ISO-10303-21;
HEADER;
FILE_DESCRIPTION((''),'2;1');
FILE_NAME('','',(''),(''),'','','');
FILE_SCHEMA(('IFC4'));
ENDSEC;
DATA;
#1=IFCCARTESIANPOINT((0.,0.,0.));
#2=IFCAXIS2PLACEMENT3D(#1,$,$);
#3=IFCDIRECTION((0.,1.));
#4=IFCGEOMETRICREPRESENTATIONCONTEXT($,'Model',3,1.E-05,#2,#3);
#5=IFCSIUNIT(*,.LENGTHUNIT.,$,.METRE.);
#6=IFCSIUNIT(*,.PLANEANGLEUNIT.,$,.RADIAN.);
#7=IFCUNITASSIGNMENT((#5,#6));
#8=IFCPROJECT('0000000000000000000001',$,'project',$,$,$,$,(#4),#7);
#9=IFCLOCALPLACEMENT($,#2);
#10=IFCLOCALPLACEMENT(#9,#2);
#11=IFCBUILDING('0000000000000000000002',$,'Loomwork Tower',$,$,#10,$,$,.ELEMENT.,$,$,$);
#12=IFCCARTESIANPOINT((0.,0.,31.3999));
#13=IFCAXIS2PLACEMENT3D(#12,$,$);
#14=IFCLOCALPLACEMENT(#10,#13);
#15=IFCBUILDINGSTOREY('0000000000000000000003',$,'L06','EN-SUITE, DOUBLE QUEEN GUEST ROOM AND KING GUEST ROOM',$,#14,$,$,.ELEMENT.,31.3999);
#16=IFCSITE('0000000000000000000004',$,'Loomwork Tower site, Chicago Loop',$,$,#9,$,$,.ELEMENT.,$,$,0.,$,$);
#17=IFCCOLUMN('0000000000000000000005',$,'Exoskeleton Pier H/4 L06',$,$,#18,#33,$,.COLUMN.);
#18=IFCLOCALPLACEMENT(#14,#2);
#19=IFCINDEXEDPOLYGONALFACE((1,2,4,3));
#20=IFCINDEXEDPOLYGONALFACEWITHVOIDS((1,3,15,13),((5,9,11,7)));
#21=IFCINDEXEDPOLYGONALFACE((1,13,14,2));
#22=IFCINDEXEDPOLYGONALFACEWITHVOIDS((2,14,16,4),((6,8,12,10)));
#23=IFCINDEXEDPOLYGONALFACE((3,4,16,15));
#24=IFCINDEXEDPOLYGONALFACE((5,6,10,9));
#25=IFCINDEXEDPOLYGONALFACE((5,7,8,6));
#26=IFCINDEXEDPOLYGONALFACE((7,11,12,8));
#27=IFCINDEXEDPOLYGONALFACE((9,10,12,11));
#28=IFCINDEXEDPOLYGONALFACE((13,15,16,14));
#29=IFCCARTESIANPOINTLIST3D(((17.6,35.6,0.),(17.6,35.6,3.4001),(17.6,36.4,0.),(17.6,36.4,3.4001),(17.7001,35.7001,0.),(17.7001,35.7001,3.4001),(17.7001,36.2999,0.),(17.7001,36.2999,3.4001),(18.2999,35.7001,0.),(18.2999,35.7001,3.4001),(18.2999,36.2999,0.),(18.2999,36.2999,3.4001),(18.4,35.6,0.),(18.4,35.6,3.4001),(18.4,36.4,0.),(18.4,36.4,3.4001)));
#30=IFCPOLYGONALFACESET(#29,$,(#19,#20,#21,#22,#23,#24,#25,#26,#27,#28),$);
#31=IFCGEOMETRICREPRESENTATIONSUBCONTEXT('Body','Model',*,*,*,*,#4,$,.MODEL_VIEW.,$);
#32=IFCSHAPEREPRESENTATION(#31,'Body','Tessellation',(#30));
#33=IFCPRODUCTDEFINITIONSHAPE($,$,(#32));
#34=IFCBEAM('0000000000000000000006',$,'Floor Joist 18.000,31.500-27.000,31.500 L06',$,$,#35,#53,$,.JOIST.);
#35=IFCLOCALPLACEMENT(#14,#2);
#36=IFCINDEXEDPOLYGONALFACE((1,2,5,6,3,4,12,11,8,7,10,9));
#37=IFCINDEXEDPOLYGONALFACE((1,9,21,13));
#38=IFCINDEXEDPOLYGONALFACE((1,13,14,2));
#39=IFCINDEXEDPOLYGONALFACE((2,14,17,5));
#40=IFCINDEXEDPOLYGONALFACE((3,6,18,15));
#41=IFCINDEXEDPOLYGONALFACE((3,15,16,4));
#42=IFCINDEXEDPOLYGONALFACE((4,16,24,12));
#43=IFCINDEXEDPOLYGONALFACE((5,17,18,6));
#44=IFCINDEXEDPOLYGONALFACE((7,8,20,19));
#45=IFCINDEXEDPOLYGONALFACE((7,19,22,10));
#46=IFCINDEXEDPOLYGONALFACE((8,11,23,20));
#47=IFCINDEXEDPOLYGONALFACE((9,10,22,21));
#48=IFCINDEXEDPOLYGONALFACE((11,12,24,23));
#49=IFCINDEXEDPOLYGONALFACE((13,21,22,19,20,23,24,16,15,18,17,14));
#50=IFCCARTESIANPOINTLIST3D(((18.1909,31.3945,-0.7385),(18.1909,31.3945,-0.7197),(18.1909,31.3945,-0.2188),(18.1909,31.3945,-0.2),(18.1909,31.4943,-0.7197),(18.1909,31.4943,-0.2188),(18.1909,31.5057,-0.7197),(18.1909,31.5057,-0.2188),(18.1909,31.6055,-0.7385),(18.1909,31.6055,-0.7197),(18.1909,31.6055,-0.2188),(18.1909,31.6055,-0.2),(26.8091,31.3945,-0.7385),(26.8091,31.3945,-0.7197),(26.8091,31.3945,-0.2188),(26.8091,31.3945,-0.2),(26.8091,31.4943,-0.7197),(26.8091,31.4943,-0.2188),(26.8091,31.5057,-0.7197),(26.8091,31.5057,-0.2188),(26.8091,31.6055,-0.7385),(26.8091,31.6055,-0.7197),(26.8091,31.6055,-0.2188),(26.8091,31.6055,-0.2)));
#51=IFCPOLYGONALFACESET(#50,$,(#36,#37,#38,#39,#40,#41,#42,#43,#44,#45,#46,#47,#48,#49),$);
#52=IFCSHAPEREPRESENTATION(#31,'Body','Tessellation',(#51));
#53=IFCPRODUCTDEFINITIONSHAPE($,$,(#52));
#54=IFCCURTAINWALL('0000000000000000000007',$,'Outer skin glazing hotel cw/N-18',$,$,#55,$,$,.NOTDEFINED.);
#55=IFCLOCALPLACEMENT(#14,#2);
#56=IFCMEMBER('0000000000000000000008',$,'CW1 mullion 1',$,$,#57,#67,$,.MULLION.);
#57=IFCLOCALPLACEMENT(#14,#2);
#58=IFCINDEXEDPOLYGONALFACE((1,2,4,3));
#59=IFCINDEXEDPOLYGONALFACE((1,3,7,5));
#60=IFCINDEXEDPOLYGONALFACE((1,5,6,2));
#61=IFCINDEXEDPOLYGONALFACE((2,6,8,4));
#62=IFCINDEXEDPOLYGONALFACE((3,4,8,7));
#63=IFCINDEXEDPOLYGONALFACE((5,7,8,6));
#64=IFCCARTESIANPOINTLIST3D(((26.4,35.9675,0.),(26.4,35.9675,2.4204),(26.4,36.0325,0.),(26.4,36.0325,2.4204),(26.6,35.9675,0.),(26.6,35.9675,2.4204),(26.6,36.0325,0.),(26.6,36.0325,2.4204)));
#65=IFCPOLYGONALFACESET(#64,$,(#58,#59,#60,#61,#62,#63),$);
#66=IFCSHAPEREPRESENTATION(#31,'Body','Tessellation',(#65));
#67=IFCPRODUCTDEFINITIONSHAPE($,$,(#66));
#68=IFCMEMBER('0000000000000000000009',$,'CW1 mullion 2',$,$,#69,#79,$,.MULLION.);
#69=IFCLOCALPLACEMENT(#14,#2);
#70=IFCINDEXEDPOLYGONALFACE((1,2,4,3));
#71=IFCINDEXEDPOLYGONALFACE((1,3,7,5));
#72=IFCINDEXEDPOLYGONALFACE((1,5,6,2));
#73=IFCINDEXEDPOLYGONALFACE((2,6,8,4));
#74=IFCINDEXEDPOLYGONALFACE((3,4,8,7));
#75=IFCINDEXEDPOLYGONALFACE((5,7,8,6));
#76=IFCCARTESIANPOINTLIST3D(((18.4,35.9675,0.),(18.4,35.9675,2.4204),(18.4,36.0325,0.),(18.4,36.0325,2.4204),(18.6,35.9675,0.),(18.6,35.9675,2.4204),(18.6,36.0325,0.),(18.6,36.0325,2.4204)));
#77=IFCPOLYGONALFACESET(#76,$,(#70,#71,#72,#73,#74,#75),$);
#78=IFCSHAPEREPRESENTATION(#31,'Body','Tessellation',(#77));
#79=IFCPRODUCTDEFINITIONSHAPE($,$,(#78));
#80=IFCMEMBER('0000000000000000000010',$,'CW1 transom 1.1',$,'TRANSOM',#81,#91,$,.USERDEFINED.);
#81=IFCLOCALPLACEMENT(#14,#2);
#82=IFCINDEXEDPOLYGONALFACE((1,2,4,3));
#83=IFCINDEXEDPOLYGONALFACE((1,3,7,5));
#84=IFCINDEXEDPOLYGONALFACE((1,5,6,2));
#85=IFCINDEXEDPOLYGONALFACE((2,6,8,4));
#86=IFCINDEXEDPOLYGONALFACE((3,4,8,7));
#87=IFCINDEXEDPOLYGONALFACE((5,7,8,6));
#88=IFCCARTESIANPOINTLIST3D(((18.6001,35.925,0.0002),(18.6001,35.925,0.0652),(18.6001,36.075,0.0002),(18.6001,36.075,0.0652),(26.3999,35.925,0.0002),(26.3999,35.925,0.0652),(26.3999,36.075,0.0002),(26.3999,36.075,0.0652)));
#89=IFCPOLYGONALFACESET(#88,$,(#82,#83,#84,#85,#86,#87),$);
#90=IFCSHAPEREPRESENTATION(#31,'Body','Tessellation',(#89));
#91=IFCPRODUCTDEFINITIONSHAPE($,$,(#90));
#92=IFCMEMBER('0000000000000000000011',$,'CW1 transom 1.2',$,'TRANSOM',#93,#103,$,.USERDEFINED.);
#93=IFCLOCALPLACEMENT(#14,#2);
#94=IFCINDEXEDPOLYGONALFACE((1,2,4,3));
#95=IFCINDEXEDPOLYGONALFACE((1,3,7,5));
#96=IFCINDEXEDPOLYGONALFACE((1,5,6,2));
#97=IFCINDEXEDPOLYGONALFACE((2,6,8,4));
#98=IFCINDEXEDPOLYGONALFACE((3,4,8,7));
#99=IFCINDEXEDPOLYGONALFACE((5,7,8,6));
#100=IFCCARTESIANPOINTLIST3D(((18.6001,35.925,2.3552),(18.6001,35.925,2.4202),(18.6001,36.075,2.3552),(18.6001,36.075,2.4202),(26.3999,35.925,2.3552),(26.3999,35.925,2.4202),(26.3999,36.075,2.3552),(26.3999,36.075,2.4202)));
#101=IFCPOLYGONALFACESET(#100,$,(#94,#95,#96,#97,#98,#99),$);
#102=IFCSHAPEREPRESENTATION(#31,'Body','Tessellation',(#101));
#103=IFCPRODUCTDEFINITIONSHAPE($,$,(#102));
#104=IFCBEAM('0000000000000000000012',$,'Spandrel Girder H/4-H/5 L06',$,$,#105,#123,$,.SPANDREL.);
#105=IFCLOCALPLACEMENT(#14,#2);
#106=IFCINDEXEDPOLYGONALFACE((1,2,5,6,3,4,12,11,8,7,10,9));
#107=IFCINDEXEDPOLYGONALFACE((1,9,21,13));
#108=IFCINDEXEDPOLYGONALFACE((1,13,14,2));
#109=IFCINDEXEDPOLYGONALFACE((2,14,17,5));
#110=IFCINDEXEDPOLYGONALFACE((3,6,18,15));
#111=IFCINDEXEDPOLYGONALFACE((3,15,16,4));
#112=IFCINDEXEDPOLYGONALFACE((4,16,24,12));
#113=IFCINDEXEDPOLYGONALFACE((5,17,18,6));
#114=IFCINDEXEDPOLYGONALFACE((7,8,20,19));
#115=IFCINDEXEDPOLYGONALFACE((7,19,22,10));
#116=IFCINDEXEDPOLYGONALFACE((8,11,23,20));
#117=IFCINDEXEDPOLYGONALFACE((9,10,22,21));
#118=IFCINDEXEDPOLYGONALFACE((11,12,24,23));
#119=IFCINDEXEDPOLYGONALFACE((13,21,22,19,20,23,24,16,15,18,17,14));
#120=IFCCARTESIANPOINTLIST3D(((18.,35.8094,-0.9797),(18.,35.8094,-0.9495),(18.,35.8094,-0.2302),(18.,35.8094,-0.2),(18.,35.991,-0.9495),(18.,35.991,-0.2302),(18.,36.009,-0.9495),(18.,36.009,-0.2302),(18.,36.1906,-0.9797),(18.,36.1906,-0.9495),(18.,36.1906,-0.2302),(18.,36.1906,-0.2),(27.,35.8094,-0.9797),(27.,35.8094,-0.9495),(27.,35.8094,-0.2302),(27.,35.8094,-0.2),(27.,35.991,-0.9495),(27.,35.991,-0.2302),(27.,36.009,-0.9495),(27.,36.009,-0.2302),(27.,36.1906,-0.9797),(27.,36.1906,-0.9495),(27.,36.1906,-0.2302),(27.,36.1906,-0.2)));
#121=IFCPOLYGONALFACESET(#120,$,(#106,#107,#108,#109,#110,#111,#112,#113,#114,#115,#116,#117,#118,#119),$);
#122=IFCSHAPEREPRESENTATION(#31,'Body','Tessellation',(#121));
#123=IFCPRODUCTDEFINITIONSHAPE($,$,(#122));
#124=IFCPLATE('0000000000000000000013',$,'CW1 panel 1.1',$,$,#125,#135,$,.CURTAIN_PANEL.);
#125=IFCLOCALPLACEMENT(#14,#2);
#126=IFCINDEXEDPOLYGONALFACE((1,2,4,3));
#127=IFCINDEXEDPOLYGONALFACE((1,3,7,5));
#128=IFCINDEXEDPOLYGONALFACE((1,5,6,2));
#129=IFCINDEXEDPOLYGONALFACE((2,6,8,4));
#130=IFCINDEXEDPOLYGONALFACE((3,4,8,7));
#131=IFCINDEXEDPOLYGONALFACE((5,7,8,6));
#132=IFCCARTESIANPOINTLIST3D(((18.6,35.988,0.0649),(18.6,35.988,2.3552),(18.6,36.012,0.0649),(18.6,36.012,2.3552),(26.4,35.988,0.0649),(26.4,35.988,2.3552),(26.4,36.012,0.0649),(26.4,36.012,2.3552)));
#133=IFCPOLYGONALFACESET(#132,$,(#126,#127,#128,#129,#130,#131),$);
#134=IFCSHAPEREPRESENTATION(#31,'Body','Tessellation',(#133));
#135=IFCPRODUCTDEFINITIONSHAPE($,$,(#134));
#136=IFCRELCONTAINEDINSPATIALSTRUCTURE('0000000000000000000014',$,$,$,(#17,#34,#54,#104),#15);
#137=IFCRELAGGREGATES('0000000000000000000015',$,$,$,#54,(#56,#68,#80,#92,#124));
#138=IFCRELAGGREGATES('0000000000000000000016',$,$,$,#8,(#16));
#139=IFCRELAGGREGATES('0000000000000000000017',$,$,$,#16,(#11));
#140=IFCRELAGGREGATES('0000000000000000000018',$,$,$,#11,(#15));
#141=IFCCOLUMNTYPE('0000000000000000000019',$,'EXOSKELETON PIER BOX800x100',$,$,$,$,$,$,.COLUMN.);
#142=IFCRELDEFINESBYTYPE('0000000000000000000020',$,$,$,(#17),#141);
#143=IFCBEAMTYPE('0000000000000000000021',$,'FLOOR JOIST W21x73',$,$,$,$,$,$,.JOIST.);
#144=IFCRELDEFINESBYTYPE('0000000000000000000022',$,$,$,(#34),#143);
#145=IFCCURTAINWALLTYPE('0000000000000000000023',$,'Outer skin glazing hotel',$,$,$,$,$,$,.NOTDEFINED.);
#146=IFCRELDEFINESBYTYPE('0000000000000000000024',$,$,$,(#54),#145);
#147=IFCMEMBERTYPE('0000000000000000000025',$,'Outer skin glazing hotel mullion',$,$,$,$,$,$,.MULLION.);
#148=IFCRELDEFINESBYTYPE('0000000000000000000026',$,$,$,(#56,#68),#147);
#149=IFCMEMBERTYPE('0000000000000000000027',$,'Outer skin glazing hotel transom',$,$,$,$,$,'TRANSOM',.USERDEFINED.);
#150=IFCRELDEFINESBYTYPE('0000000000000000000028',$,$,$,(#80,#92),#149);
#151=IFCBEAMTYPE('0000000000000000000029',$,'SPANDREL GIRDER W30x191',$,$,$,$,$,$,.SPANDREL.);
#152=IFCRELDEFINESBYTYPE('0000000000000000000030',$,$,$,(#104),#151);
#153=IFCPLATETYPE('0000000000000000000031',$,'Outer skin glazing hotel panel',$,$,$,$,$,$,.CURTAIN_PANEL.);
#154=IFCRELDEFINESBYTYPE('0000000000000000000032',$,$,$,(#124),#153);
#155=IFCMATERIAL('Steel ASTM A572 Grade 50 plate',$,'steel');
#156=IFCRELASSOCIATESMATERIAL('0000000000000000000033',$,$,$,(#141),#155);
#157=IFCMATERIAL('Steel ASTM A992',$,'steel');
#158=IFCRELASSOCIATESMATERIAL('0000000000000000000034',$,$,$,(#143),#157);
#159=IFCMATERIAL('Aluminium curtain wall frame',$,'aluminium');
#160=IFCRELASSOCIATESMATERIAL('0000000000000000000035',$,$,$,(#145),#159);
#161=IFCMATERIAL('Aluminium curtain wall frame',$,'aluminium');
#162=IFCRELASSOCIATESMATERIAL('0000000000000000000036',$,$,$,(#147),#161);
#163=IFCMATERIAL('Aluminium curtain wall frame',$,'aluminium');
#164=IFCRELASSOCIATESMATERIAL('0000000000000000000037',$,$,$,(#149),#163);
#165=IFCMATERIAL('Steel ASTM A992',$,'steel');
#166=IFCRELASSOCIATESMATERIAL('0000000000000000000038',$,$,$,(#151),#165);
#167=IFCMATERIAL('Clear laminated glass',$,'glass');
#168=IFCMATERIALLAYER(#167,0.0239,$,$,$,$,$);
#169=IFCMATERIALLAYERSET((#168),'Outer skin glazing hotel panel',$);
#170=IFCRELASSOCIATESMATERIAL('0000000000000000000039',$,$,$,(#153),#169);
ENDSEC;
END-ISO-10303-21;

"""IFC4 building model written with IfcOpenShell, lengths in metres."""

from ifc_helpers import new_model, si_unit, direction, frame, origin, origin_2d, place, context, subcontext, project, spatial, rectangle, hollow_rectangle, i_section, extrude, material, layer, layer_set, material_profile, profile_set, type_object, element, aggregate, save


model = new_model("IFC4")

# Units and contexts
model_context = context("Model", 3, precision=1e-05, world=origin(), true_north=direction((0.0, 1.0)))
body_context = subcontext(model_context, "Body", "Model", "MODEL_VIEW")
ifc_project = project(units=[si_unit("LENGTHUNIT", "METRE"), si_unit("PLANEANGLEUNIT", "RADIAN")], contexts=[model_context])

# Site, building, storey
site_placement = place(None, origin())
site = spatial("IfcSite", under=ifc_project, at=site_placement, Name="Loomwork Tower site, Chicago Loop", CompositionType="ELEMENT", RefElevation=0.0)
building_placement = place(site_placement, origin())
building = spatial("IfcBuilding", under=site, at=building_placement, Name="Loomwork Tower", CompositionType="ELEMENT")
storey_placement = place(building_placement, frame((0.0, 0.0, 31.3999)))
storey = spatial("IfcBuildingStorey", under=building, at=storey_placement, Name="L06", Description="EN-SUITE, DOUBLE QUEEN GUEST ROOM AND KING GUEST ROOM", CompositionType="ELEMENT", Elevation=31.3999)

# Column
ifc_material_1 = material(Name="Steel ASTM A572 Grade 50 plate", Category="steel")
ifc_material_profile_1 = material_profile(ifc_material_1, hollow_rectangle(XDim=0.8, YDim=0.8, WallThickness=0.1001, at=origin_2d()), Name="BOX800x100")
ifc_profile_set_1 = profile_set([ifc_material_profile_1], Name="Steel ASTM A572 Grade 50 plate")
column_type = type_object("IfcColumnType", Name="EXOSKELETON PIER BOX800x100", PredefinedType="COLUMN", material=ifc_profile_set_1)
column_placement = place(storey_placement, frame((18.0, 36.0, 0.0), z_axis=(0.0, 0.0, 1.0), x_axis=(1.0, 0.0, 0.0)))
element("IfcColumn", 1, at=column_placement, inside=storey, type_object=column_type, Name="Exoskeleton Pier H/4 L06", PredefinedType="COLUMN", context=body_context, shape_type="SweptSolid", body=[
    extrude(hollow_rectangle(XDim=0.8, YDim=0.8, WallThickness=0.1001, at=origin_2d()), origin(), (0.0, 0.0, 1.0), 3.4001),
])

# Beam
ifc_material_2 = material(Name="Steel ASTM A992", Category="steel")
ifc_material_profile_2 = material_profile(ifc_material_2, i_section(OverallWidth=0.2109, OverallDepth=0.5386, WebThickness=0.0115, FlangeThickness=0.0188, at=origin_2d()), Name="W21x73")
ifc_profile_set_2 = profile_set([ifc_material_profile_2], Name="Steel ASTM A992")
beam_type_1 = type_object("IfcBeamType", Name="FLOOR JOIST W21x73", PredefinedType="JOIST", material=ifc_profile_set_2)
beam_1_placement = place(storey_placement, frame((18.1909, 31.5, -0.4692), z_axis=(1.0, 0.0, 0.0), x_axis=(0.0, 1.0, 0.0)))
element("IfcBeam", 2, at=beam_1_placement, inside=storey, type_object=beam_type_1, Name="Floor Joist 18.000,31.500-27.000,31.500 L06", PredefinedType="JOIST", context=body_context, shape_type="SweptSolid", body=[
    extrude(i_section(OverallWidth=0.2109, OverallDepth=0.5386, WebThickness=0.0115, FlangeThickness=0.0188, at=origin_2d()), origin(), (0.0, 0.0, 1.0), 8.6182),
])

# Curtain wall, members
ifc_material_3 = material(Name="Aluminium curtain wall frame", Category="aluminium")
curtain_wall_type = type_object("IfcCurtainWallType", Name="Outer skin glazing hotel", PredefinedType="NOTDEFINED", material=ifc_material_3)
curtain_wall_placement = place(storey_placement, origin())
curtain_wall = element("IfcCurtainWall", 3, at=curtain_wall_placement, inside=storey, type_object=curtain_wall_type, Name="Outer skin glazing hotel cw/N-18", PredefinedType="NOTDEFINED")
ifc_material_4 = material(Name="Aluminium curtain wall frame", Category="aluminium")
ifc_material_profile_3 = material_profile(ifc_material_4, rectangle(XDim=0.0649, YDim=0.2, at=origin_2d()), Name="AL 65x200")
ifc_profile_set_3 = profile_set([ifc_material_profile_3], Name="Aluminium curtain wall frame")
member_type_1 = type_object("IfcMemberType", Name="Outer skin glazing hotel mullion", PredefinedType="MULLION", material=ifc_profile_set_3)
member_1_placement = place(storey_placement, frame((26.5, 36.0, 0.0), z_axis=(0.0, 0.0, 1.0), x_axis=(0.0, -1.0, 0.0)))
member_1 = element("IfcMember", 4, at=member_1_placement, type_object=member_type_1, Name="CW1 mullion 1", PredefinedType="MULLION", context=body_context, shape_type="SweptSolid", body=[
    extrude(rectangle(XDim=0.0649, YDim=0.2, at=origin_2d()), origin(), (0.0, 0.0, 1.0), 2.4204),
])
member_2_placement = place(storey_placement, frame((18.5, 36.0, 0.0), z_axis=(0.0, 0.0, 1.0), x_axis=(0.0, -1.0, 0.0)))
member_2 = element("IfcMember", 5, at=member_2_placement, type_object=member_type_1, Name="CW1 mullion 2", PredefinedType="MULLION", context=body_context, shape_type="SweptSolid", body=[
    extrude(rectangle(XDim=0.0649, YDim=0.2, at=origin_2d()), origin(), (0.0, 0.0, 1.0), 2.4204),
])
ifc_material_5 = material(Name="Aluminium curtain wall frame", Category="aluminium")
ifc_material_profile_4 = material_profile(ifc_material_5, rectangle(XDim=0.1499, YDim=0.0649, at=origin_2d()), Name="AL 65x150")
ifc_profile_set_4 = profile_set([ifc_material_profile_4], Name="Aluminium curtain wall frame")
member_type_2 = type_object("IfcMemberType", Name="Outer skin glazing hotel transom", ElementType="TRANSOM", PredefinedType="USERDEFINED", material=ifc_profile_set_4)
member_3_placement = place(storey_placement, frame((26.3999, 36.0, 0.0327), z_axis=(-1.0, 0.0, 0.0), x_axis=(0.0, -1.0, 0.0)))
member_3 = element("IfcMember", 6, at=member_3_placement, type_object=member_type_2, Name="CW1 transom 1.1", ObjectType="TRANSOM", PredefinedType="USERDEFINED", context=body_context, shape_type="SweptSolid", body=[
    extrude(rectangle(XDim=0.1499, YDim=0.0649, at=origin_2d()), origin(), (0.0, 0.0, 1.0), 7.7998),
])
member_4_placement = place(storey_placement, frame((26.3999, 36.0, 2.3877), z_axis=(-1.0, 0.0, 0.0), x_axis=(0.0, -1.0, 0.0)))
member_4 = element("IfcMember", 7, at=member_4_placement, type_object=member_type_2, Name="CW1 transom 1.2", ObjectType="TRANSOM", PredefinedType="USERDEFINED", context=body_context, shape_type="SweptSolid", body=[
    extrude(rectangle(XDim=0.1499, YDim=0.0649, at=origin_2d()), origin(), (0.0, 0.0, 1.0), 7.7998),
])

# Beam
ifc_material_6 = material(Name="Steel ASTM A992", Category="steel")
ifc_material_profile_5 = material_profile(ifc_material_6, i_section(OverallWidth=0.3811, OverallDepth=0.7798, WebThickness=0.0181, FlangeThickness=0.0303, at=origin_2d()), Name="W30x191")
ifc_profile_set_5 = profile_set([ifc_material_profile_5], Name="Steel ASTM A992")
beam_type_2 = type_object("IfcBeamType", Name="SPANDREL GIRDER W30x191", PredefinedType="SPANDREL", material=ifc_profile_set_5)
beam_2_placement = place(storey_placement, frame((18.0, 36.0, -0.5898), z_axis=(1.0, 0.0, 0.0), x_axis=(0.0, 1.0, 0.0)))
element("IfcBeam", 8, at=beam_2_placement, inside=storey, type_object=beam_type_2, Name="Spandrel Girder H/4-H/5 L06", PredefinedType="SPANDREL", context=body_context, shape_type="SweptSolid", body=[
    extrude(i_section(OverallWidth=0.3811, OverallDepth=0.7798, WebThickness=0.0181, FlangeThickness=0.0303, at=origin_2d()), origin(), (0.0, 0.0, 1.0), 9.0),
])

# Plate
ifc_material_7 = material(Name="Clear laminated glass", Category="glass")
ifc_layer_1 = layer(ifc_material_7, 0.0239)
ifc_layer_set_1 = layer_set([ifc_layer_1], Name="Outer skin glazing hotel panel")
plate_type = type_object("IfcPlateType", Name="Outer skin glazing hotel panel", PredefinedType="CURTAIN_PANEL", material=ifc_layer_set_1)
plate_placement = place(storey_placement, frame((22.5, 36.0, 0.0649), z_axis=(0.0, 0.0, 1.0), x_axis=(-1.0, 0.0, 0.0)))
plate = element("IfcPlate", 9, at=plate_placement, type_object=plate_type, Name="CW1 panel 1.1", PredefinedType="CURTAIN_PANEL", context=body_context, shape_type="SweptSolid", body=[
    extrude(rectangle(XDim=7.8, YDim=0.0239, at=origin_2d()), origin(), (0.0, 0.0, 1.0), 2.2903),
])
aggregate(curtain_wall, [member_1, member_2, member_3, member_4, plate])

save(model, "model.ifc")
